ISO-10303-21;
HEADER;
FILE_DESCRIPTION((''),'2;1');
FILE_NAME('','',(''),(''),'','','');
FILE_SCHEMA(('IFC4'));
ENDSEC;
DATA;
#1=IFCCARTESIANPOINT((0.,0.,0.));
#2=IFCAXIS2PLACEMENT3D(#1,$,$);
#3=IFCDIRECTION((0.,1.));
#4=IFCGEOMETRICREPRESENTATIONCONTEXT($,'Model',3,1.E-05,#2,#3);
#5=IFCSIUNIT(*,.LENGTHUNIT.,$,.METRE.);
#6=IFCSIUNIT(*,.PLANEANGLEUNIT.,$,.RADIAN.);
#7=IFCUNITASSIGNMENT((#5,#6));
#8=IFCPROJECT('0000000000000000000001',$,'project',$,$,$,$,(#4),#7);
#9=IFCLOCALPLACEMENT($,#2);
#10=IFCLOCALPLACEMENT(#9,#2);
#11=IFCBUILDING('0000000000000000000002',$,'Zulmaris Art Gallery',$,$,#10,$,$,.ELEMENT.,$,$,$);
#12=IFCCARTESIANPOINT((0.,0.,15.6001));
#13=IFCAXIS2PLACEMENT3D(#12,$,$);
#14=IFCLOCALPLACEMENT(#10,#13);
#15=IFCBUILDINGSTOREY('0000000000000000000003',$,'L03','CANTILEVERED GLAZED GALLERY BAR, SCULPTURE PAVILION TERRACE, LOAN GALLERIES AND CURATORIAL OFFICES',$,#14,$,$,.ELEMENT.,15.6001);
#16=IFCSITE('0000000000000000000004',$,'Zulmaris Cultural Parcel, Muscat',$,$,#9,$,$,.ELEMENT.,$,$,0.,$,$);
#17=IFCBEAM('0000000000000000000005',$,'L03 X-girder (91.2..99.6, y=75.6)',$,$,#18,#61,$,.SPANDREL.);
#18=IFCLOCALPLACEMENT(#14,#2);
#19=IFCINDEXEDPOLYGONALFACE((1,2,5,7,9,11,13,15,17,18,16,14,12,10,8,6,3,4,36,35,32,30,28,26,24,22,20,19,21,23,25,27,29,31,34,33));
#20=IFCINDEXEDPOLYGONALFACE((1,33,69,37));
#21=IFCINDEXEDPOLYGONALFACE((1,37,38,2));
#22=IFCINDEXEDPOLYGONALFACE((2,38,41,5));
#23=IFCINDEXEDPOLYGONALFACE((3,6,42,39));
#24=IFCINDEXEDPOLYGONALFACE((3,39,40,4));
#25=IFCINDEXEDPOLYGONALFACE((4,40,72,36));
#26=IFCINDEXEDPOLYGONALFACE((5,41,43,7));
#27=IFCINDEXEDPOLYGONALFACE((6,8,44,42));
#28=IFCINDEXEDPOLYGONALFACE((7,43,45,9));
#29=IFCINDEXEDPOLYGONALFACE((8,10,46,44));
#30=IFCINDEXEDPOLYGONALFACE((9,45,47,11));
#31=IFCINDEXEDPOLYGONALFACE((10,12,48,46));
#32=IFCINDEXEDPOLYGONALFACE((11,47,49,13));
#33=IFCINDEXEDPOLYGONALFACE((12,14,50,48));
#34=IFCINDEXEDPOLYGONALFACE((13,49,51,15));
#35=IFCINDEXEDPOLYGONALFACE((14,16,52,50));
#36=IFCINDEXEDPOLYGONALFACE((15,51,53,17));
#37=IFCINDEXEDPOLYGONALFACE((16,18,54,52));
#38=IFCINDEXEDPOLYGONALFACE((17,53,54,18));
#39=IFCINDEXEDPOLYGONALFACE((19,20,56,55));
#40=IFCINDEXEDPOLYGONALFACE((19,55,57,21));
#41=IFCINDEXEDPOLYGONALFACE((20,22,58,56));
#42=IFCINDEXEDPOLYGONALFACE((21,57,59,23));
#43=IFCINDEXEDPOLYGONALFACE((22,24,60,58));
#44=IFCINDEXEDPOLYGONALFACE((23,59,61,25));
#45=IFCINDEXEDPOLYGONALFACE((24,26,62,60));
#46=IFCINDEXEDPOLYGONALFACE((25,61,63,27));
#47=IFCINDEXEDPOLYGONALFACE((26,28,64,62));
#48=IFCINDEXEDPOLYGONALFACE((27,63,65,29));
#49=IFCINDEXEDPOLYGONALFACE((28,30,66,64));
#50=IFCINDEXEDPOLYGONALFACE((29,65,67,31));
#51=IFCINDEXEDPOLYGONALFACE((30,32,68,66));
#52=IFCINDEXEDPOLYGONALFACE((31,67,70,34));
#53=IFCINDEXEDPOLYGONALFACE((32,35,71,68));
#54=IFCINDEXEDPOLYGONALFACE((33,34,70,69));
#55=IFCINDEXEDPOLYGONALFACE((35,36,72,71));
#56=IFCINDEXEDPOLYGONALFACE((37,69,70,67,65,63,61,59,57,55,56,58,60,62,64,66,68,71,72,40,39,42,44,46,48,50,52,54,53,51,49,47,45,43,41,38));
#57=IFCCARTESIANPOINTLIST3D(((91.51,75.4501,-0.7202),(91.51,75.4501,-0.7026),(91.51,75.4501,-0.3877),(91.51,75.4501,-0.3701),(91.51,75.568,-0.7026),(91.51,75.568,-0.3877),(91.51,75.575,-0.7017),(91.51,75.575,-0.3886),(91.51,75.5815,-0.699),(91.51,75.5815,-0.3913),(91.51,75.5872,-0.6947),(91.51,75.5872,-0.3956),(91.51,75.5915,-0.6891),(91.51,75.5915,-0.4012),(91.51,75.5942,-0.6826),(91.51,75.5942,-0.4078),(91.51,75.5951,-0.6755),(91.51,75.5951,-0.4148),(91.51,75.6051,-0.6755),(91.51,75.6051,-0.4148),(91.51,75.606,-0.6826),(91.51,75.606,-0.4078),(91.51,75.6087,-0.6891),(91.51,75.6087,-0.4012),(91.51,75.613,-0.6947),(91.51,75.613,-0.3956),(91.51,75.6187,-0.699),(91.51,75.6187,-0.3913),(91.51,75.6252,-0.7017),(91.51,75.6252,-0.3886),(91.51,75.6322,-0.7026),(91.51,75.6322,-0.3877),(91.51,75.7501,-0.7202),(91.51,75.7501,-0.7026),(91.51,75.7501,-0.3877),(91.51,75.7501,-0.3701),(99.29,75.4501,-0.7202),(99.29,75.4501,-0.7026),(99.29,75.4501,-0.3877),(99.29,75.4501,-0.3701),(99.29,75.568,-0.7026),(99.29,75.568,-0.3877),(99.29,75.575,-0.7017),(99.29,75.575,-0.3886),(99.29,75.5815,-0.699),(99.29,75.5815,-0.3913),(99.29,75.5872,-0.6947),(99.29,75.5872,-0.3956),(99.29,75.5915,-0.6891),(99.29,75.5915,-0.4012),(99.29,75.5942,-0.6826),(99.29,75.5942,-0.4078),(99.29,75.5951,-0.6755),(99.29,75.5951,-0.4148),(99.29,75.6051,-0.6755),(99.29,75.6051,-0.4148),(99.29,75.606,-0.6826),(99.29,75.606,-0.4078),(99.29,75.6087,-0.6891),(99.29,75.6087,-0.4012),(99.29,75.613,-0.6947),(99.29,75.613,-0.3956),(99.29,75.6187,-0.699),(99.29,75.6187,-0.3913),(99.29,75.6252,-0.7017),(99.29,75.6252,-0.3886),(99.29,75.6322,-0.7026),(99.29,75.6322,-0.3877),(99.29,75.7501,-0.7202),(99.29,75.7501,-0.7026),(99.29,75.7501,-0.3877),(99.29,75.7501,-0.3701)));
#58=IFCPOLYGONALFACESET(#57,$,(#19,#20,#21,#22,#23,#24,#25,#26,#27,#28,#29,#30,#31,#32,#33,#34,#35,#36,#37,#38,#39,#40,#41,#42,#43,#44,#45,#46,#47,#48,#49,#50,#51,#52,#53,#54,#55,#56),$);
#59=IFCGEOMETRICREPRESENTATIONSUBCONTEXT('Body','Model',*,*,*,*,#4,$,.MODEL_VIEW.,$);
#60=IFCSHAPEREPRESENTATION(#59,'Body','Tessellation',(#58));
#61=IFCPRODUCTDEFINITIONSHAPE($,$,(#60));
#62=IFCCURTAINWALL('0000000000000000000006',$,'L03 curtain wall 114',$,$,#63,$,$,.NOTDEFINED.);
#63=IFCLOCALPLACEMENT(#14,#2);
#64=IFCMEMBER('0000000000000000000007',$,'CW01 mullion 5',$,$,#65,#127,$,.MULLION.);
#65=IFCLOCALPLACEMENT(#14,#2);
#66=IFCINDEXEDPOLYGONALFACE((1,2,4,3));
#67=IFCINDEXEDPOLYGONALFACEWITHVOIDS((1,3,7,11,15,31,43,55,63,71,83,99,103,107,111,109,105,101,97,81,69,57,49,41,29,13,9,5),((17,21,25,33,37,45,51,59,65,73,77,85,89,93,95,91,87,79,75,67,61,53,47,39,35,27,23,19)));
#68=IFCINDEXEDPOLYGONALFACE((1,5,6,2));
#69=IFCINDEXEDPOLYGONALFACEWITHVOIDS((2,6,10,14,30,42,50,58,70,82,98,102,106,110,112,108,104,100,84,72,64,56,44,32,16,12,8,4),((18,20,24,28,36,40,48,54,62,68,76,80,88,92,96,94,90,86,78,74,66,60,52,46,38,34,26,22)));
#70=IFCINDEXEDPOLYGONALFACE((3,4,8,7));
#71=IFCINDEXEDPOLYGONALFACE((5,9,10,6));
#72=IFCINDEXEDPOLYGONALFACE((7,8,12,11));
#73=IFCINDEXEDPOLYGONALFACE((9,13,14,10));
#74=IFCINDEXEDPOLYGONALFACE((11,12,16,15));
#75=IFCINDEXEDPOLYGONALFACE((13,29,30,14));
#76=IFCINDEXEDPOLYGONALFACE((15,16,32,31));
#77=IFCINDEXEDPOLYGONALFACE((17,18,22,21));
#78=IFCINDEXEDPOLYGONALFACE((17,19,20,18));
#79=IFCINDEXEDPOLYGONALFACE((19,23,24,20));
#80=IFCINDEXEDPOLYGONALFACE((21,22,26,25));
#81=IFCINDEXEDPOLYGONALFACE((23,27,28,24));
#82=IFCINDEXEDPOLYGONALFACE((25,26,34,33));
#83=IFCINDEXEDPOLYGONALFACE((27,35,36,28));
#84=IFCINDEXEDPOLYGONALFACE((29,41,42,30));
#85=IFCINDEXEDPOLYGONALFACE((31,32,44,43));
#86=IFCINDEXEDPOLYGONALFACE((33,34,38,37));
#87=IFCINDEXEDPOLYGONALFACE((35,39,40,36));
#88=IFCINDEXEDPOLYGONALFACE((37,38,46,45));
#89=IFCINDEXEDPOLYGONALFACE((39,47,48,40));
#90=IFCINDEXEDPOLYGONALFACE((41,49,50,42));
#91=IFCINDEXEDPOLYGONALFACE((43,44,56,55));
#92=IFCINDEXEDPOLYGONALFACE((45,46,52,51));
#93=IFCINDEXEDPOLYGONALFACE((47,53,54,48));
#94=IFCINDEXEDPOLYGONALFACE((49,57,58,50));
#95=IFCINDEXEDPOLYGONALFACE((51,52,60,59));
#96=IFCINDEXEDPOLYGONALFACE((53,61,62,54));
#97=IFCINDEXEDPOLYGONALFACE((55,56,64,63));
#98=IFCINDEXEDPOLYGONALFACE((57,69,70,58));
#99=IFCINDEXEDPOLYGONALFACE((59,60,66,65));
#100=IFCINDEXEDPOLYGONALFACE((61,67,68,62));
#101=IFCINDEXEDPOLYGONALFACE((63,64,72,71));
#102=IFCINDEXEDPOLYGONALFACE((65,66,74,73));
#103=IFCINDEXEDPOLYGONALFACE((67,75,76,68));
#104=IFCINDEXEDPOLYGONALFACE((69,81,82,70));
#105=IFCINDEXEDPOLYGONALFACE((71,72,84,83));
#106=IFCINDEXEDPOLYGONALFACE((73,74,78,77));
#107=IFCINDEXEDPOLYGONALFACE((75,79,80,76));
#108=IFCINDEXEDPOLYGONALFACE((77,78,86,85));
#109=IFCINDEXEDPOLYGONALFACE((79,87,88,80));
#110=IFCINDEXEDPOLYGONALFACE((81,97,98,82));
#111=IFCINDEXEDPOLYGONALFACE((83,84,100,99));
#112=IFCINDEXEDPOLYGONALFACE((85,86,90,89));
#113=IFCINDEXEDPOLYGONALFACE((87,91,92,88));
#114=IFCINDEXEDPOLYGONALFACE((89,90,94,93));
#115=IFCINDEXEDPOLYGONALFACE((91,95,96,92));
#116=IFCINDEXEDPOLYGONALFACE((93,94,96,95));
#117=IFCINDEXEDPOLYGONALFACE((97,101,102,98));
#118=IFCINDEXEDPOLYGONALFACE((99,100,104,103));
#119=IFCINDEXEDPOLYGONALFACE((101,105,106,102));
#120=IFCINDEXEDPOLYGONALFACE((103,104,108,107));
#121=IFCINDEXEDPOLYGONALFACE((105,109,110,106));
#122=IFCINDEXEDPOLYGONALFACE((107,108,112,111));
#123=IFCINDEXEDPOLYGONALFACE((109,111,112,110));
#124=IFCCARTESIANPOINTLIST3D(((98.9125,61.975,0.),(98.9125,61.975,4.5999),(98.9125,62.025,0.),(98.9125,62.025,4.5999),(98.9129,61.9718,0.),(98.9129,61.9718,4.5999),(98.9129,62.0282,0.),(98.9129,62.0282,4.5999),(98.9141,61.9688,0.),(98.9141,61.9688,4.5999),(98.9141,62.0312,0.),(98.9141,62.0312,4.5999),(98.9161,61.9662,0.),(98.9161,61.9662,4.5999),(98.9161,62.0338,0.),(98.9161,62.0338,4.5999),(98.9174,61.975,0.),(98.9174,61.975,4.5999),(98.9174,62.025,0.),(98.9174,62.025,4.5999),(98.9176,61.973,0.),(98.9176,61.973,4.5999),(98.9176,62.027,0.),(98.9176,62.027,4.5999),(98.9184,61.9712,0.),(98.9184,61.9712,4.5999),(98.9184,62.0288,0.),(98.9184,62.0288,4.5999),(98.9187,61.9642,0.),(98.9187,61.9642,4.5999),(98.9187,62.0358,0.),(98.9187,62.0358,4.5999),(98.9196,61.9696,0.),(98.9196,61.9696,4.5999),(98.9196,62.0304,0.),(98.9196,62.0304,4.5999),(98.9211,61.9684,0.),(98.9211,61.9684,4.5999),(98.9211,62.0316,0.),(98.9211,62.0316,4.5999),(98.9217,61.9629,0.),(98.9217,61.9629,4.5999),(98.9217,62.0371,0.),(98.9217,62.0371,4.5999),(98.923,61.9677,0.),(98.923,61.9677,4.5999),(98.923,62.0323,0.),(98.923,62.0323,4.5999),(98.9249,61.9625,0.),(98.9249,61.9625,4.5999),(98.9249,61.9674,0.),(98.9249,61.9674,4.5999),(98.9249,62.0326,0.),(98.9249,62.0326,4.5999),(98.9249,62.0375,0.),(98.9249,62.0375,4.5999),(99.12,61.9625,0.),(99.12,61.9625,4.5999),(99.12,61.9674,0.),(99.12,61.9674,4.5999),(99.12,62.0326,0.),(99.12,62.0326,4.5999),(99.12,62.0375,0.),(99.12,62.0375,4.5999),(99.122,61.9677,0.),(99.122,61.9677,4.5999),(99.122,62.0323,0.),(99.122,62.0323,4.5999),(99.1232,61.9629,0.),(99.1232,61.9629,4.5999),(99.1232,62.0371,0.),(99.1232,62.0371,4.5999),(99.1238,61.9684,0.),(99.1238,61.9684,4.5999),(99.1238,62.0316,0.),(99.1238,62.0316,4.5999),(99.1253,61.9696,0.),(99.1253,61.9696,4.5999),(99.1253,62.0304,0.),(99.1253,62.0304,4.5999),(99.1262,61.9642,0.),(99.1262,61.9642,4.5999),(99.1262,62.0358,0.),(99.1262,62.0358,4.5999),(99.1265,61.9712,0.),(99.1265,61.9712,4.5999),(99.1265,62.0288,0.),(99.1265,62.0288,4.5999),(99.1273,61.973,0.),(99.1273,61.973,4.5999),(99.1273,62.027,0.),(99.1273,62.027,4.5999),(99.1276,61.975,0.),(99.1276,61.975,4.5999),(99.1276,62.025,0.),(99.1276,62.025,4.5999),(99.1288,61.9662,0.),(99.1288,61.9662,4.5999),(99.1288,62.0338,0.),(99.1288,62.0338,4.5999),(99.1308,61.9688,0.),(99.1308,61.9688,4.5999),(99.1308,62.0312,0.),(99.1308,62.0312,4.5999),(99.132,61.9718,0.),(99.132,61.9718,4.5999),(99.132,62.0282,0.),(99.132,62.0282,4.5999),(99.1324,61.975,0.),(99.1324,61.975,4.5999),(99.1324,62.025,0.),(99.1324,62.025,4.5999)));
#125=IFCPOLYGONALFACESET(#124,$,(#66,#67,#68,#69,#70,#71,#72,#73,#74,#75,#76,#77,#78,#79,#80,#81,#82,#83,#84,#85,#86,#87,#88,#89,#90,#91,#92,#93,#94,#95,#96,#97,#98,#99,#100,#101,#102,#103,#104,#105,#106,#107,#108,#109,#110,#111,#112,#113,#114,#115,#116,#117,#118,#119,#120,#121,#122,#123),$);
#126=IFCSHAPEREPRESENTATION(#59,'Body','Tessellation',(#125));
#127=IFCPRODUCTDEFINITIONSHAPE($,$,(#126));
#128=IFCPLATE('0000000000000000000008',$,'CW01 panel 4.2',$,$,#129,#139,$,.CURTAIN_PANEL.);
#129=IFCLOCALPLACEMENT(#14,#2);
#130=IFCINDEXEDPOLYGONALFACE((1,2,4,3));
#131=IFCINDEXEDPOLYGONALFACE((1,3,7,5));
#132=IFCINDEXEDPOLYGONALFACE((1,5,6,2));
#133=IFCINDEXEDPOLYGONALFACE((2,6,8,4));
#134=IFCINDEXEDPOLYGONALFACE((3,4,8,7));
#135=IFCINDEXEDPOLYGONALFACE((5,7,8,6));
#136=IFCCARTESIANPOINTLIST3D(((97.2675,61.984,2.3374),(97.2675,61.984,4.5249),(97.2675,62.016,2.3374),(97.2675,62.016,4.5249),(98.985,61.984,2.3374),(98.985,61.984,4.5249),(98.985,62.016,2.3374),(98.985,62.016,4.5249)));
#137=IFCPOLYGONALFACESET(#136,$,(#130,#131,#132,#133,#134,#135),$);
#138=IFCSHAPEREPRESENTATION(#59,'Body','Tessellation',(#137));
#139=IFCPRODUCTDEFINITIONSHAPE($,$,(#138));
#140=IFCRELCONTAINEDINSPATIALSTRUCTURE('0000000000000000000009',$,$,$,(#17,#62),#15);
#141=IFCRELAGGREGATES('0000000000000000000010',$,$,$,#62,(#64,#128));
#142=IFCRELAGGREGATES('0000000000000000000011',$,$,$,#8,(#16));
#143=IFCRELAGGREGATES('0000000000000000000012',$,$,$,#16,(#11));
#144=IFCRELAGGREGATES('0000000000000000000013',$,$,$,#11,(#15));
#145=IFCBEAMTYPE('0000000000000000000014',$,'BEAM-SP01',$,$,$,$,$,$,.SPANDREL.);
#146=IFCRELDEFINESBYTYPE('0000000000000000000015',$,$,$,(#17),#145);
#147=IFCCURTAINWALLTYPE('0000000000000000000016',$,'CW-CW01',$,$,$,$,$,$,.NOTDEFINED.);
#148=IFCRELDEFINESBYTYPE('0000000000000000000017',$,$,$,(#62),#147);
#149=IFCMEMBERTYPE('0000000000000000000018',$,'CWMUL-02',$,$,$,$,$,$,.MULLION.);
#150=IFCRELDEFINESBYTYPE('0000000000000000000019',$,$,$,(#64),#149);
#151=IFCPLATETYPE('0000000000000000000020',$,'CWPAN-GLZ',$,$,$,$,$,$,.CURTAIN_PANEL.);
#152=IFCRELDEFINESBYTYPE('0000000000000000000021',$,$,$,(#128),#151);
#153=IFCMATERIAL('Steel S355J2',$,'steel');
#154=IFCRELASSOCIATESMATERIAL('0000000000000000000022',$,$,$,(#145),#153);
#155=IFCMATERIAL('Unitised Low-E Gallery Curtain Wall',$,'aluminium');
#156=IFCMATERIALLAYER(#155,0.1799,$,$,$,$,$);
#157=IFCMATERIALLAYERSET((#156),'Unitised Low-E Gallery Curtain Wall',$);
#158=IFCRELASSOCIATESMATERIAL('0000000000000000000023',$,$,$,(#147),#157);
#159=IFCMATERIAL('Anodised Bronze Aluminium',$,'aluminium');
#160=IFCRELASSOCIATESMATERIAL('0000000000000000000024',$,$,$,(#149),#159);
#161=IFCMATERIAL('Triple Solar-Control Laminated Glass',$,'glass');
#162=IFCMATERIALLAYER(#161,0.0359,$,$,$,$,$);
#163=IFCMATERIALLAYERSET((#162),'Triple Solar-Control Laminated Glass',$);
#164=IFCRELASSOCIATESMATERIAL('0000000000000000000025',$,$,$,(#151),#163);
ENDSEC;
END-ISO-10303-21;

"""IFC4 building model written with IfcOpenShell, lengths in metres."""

from ifc_helpers import new_model, si_unit, direction, frame, origin, origin_2d, place, context, subcontext, project, spatial, rectangle, hollow_rectangle, i_section, extrude, material, layer, layer_set, material_profile, profile_set, type_object, element, aggregate, save


model = new_model("IFC4")

# Units and contexts
model_context = context("Model", 3, precision=1e-05, world=origin(), true_north=direction((0.0, 1.0)))
body_context = subcontext(model_context, "Body", "Model", "MODEL_VIEW")
ifc_project = project(units=[si_unit("LENGTHUNIT", "METRE"), si_unit("PLANEANGLEUNIT", "RADIAN")], contexts=[model_context])

# Site, building, storey
site_placement = place(None, origin())
site = spatial("IfcSite", under=ifc_project, at=site_placement, Name="Zulmaris Cultural Parcel, Muscat", CompositionType="ELEMENT", RefElevation=0.0)
building_placement = place(site_placement, origin())
building = spatial("IfcBuilding", under=site, at=building_placement, Name="Zulmaris Art Gallery", CompositionType="ELEMENT")
storey_placement = place(building_placement, frame((0.0, 0.0, 15.6001)))
storey = spatial("IfcBuildingStorey", under=building, at=storey_placement, Name="L03", Description="CANTILEVERED GLAZED GALLERY BAR, SCULPTURE PAVILION TERRACE, LOAN GALLERIES AND CURATORIAL OFFICES", CompositionType="ELEMENT", Elevation=15.6001)

# Beam
ifc_material_1 = material(Name="Steel S355J2", Category="steel")
ifc_material_profile_1 = material_profile(ifc_material_1, i_section(OverallWidth=0.3, OverallDepth=0.3501, WebThickness=0.01, FlangeThickness=0.0176, FilletRadius=0.0271, at=origin_2d()), Name="HEA 360")
ifc_profile_set_1 = profile_set([ifc_material_profile_1], Name="Steel S355J2")
beam_type_1 = type_object("IfcBeamType", Name="BEAM-SP01", PredefinedType="SPANDREL", material=ifc_profile_set_1)
beam_1_placement = place(storey_placement, frame((91.51, 75.6001, -0.5452), z_axis=(1.0, 0.0, 0.0), x_axis=(0.0, 1.0, 0.0)))
element("IfcBeam", 1, at=beam_1_placement, inside=storey, type_object=beam_type_1, Name="L03 X-girder (91.2..99.6, y=75.6)", PredefinedType="SPANDREL", context=body_context, shape_type="SweptSolid", body=[
    extrude(i_section(OverallWidth=0.3, OverallDepth=0.3501, WebThickness=0.01, FlangeThickness=0.0176, FilletRadius=0.0271, at=origin_2d()), origin(), (0.0, 0.0, 1.0), 7.78),
])

# Curtain wall, member, plate
ifc_material_2 = material(Name="Unitised Low-E Gallery Curtain Wall", Category="aluminium")
ifc_layer_1 = layer(ifc_material_2, 0.1799)
ifc_layer_set_1 = layer_set([ifc_layer_1], Name="Unitised Low-E Gallery Curtain Wall")
curtain_wall_type = type_object("IfcCurtainWallType", Name="CW-CW01", PredefinedType="NOTDEFINED", material=ifc_layer_set_1)
curtain_wall_placement = place(storey_placement, origin())
curtain_wall = element("IfcCurtainWall", 2, at=curtain_wall_placement, inside=storey, type_object=curtain_wall_type, Name="L03 curtain wall 114", PredefinedType="NOTDEFINED")
ifc_material_3 = material(Name="Anodised Bronze Aluminium", Category="aluminium")
ifc_material_profile_2 = material_profile(ifc_material_3, hollow_rectangle(XDim=0.075, YDim=0.22, WallThickness=0.0049, InnerFilletRadius=0.0076, OuterFilletRadius=0.0125, at=origin_2d()), Name="ALU 75x220x5")
ifc_profile_set_2 = profile_set([ifc_material_profile_2], Name="Anodised Bronze Aluminium")
member_type = type_object("IfcMemberType", Name="CWMUL-02", PredefinedType="MULLION", material=ifc_profile_set_2)
member_placement = place(storey_placement, frame((99.0225, 62.0, 0.0), z_axis=(0.0, 0.0, 1.0), x_axis=(0.0, 1.0, 0.0)))
member = element("IfcMember", 3, at=member_placement, type_object=member_type, Name="CW01 mullion 5", PredefinedType="MULLION", context=body_context, shape_type="SweptSolid", body=[
    extrude(hollow_rectangle(XDim=0.075, YDim=0.22, WallThickness=0.0049, InnerFilletRadius=0.0076, OuterFilletRadius=0.0125, at=origin_2d()), origin(), (0.0, 0.0, 1.0), 4.5999),
])
ifc_material_4 = material(Name="Triple Solar-Control Laminated Glass", Category="glass")
ifc_layer_2 = layer(ifc_material_4, 0.0359)
ifc_layer_set_2 = layer_set([ifc_layer_2], Name="Triple Solar-Control Laminated Glass")
plate_type = type_object("IfcPlateType", Name="CWPAN-GLZ", PredefinedType="CURTAIN_PANEL", material=ifc_layer_set_2)
plate_placement = place(storey_placement, frame((98.1262, 62.0, 2.3374), z_axis=(0.0, 0.0, 1.0), x_axis=(1.0, 0.0, 0.0)))
plate = element("IfcPlate", 4, at=plate_placement, type_object=plate_type, Name="CW01 panel 4.2", PredefinedType="CURTAIN_PANEL", context=body_context, shape_type="SweptSolid", body=[
    extrude(rectangle(XDim=1.7175, YDim=0.032, at=origin_2d()), origin(), (0.0, 0.0, 1.0), 2.1875),
])
aggregate(curtain_wall, [member, plate])

save(model, "model.ifc")
